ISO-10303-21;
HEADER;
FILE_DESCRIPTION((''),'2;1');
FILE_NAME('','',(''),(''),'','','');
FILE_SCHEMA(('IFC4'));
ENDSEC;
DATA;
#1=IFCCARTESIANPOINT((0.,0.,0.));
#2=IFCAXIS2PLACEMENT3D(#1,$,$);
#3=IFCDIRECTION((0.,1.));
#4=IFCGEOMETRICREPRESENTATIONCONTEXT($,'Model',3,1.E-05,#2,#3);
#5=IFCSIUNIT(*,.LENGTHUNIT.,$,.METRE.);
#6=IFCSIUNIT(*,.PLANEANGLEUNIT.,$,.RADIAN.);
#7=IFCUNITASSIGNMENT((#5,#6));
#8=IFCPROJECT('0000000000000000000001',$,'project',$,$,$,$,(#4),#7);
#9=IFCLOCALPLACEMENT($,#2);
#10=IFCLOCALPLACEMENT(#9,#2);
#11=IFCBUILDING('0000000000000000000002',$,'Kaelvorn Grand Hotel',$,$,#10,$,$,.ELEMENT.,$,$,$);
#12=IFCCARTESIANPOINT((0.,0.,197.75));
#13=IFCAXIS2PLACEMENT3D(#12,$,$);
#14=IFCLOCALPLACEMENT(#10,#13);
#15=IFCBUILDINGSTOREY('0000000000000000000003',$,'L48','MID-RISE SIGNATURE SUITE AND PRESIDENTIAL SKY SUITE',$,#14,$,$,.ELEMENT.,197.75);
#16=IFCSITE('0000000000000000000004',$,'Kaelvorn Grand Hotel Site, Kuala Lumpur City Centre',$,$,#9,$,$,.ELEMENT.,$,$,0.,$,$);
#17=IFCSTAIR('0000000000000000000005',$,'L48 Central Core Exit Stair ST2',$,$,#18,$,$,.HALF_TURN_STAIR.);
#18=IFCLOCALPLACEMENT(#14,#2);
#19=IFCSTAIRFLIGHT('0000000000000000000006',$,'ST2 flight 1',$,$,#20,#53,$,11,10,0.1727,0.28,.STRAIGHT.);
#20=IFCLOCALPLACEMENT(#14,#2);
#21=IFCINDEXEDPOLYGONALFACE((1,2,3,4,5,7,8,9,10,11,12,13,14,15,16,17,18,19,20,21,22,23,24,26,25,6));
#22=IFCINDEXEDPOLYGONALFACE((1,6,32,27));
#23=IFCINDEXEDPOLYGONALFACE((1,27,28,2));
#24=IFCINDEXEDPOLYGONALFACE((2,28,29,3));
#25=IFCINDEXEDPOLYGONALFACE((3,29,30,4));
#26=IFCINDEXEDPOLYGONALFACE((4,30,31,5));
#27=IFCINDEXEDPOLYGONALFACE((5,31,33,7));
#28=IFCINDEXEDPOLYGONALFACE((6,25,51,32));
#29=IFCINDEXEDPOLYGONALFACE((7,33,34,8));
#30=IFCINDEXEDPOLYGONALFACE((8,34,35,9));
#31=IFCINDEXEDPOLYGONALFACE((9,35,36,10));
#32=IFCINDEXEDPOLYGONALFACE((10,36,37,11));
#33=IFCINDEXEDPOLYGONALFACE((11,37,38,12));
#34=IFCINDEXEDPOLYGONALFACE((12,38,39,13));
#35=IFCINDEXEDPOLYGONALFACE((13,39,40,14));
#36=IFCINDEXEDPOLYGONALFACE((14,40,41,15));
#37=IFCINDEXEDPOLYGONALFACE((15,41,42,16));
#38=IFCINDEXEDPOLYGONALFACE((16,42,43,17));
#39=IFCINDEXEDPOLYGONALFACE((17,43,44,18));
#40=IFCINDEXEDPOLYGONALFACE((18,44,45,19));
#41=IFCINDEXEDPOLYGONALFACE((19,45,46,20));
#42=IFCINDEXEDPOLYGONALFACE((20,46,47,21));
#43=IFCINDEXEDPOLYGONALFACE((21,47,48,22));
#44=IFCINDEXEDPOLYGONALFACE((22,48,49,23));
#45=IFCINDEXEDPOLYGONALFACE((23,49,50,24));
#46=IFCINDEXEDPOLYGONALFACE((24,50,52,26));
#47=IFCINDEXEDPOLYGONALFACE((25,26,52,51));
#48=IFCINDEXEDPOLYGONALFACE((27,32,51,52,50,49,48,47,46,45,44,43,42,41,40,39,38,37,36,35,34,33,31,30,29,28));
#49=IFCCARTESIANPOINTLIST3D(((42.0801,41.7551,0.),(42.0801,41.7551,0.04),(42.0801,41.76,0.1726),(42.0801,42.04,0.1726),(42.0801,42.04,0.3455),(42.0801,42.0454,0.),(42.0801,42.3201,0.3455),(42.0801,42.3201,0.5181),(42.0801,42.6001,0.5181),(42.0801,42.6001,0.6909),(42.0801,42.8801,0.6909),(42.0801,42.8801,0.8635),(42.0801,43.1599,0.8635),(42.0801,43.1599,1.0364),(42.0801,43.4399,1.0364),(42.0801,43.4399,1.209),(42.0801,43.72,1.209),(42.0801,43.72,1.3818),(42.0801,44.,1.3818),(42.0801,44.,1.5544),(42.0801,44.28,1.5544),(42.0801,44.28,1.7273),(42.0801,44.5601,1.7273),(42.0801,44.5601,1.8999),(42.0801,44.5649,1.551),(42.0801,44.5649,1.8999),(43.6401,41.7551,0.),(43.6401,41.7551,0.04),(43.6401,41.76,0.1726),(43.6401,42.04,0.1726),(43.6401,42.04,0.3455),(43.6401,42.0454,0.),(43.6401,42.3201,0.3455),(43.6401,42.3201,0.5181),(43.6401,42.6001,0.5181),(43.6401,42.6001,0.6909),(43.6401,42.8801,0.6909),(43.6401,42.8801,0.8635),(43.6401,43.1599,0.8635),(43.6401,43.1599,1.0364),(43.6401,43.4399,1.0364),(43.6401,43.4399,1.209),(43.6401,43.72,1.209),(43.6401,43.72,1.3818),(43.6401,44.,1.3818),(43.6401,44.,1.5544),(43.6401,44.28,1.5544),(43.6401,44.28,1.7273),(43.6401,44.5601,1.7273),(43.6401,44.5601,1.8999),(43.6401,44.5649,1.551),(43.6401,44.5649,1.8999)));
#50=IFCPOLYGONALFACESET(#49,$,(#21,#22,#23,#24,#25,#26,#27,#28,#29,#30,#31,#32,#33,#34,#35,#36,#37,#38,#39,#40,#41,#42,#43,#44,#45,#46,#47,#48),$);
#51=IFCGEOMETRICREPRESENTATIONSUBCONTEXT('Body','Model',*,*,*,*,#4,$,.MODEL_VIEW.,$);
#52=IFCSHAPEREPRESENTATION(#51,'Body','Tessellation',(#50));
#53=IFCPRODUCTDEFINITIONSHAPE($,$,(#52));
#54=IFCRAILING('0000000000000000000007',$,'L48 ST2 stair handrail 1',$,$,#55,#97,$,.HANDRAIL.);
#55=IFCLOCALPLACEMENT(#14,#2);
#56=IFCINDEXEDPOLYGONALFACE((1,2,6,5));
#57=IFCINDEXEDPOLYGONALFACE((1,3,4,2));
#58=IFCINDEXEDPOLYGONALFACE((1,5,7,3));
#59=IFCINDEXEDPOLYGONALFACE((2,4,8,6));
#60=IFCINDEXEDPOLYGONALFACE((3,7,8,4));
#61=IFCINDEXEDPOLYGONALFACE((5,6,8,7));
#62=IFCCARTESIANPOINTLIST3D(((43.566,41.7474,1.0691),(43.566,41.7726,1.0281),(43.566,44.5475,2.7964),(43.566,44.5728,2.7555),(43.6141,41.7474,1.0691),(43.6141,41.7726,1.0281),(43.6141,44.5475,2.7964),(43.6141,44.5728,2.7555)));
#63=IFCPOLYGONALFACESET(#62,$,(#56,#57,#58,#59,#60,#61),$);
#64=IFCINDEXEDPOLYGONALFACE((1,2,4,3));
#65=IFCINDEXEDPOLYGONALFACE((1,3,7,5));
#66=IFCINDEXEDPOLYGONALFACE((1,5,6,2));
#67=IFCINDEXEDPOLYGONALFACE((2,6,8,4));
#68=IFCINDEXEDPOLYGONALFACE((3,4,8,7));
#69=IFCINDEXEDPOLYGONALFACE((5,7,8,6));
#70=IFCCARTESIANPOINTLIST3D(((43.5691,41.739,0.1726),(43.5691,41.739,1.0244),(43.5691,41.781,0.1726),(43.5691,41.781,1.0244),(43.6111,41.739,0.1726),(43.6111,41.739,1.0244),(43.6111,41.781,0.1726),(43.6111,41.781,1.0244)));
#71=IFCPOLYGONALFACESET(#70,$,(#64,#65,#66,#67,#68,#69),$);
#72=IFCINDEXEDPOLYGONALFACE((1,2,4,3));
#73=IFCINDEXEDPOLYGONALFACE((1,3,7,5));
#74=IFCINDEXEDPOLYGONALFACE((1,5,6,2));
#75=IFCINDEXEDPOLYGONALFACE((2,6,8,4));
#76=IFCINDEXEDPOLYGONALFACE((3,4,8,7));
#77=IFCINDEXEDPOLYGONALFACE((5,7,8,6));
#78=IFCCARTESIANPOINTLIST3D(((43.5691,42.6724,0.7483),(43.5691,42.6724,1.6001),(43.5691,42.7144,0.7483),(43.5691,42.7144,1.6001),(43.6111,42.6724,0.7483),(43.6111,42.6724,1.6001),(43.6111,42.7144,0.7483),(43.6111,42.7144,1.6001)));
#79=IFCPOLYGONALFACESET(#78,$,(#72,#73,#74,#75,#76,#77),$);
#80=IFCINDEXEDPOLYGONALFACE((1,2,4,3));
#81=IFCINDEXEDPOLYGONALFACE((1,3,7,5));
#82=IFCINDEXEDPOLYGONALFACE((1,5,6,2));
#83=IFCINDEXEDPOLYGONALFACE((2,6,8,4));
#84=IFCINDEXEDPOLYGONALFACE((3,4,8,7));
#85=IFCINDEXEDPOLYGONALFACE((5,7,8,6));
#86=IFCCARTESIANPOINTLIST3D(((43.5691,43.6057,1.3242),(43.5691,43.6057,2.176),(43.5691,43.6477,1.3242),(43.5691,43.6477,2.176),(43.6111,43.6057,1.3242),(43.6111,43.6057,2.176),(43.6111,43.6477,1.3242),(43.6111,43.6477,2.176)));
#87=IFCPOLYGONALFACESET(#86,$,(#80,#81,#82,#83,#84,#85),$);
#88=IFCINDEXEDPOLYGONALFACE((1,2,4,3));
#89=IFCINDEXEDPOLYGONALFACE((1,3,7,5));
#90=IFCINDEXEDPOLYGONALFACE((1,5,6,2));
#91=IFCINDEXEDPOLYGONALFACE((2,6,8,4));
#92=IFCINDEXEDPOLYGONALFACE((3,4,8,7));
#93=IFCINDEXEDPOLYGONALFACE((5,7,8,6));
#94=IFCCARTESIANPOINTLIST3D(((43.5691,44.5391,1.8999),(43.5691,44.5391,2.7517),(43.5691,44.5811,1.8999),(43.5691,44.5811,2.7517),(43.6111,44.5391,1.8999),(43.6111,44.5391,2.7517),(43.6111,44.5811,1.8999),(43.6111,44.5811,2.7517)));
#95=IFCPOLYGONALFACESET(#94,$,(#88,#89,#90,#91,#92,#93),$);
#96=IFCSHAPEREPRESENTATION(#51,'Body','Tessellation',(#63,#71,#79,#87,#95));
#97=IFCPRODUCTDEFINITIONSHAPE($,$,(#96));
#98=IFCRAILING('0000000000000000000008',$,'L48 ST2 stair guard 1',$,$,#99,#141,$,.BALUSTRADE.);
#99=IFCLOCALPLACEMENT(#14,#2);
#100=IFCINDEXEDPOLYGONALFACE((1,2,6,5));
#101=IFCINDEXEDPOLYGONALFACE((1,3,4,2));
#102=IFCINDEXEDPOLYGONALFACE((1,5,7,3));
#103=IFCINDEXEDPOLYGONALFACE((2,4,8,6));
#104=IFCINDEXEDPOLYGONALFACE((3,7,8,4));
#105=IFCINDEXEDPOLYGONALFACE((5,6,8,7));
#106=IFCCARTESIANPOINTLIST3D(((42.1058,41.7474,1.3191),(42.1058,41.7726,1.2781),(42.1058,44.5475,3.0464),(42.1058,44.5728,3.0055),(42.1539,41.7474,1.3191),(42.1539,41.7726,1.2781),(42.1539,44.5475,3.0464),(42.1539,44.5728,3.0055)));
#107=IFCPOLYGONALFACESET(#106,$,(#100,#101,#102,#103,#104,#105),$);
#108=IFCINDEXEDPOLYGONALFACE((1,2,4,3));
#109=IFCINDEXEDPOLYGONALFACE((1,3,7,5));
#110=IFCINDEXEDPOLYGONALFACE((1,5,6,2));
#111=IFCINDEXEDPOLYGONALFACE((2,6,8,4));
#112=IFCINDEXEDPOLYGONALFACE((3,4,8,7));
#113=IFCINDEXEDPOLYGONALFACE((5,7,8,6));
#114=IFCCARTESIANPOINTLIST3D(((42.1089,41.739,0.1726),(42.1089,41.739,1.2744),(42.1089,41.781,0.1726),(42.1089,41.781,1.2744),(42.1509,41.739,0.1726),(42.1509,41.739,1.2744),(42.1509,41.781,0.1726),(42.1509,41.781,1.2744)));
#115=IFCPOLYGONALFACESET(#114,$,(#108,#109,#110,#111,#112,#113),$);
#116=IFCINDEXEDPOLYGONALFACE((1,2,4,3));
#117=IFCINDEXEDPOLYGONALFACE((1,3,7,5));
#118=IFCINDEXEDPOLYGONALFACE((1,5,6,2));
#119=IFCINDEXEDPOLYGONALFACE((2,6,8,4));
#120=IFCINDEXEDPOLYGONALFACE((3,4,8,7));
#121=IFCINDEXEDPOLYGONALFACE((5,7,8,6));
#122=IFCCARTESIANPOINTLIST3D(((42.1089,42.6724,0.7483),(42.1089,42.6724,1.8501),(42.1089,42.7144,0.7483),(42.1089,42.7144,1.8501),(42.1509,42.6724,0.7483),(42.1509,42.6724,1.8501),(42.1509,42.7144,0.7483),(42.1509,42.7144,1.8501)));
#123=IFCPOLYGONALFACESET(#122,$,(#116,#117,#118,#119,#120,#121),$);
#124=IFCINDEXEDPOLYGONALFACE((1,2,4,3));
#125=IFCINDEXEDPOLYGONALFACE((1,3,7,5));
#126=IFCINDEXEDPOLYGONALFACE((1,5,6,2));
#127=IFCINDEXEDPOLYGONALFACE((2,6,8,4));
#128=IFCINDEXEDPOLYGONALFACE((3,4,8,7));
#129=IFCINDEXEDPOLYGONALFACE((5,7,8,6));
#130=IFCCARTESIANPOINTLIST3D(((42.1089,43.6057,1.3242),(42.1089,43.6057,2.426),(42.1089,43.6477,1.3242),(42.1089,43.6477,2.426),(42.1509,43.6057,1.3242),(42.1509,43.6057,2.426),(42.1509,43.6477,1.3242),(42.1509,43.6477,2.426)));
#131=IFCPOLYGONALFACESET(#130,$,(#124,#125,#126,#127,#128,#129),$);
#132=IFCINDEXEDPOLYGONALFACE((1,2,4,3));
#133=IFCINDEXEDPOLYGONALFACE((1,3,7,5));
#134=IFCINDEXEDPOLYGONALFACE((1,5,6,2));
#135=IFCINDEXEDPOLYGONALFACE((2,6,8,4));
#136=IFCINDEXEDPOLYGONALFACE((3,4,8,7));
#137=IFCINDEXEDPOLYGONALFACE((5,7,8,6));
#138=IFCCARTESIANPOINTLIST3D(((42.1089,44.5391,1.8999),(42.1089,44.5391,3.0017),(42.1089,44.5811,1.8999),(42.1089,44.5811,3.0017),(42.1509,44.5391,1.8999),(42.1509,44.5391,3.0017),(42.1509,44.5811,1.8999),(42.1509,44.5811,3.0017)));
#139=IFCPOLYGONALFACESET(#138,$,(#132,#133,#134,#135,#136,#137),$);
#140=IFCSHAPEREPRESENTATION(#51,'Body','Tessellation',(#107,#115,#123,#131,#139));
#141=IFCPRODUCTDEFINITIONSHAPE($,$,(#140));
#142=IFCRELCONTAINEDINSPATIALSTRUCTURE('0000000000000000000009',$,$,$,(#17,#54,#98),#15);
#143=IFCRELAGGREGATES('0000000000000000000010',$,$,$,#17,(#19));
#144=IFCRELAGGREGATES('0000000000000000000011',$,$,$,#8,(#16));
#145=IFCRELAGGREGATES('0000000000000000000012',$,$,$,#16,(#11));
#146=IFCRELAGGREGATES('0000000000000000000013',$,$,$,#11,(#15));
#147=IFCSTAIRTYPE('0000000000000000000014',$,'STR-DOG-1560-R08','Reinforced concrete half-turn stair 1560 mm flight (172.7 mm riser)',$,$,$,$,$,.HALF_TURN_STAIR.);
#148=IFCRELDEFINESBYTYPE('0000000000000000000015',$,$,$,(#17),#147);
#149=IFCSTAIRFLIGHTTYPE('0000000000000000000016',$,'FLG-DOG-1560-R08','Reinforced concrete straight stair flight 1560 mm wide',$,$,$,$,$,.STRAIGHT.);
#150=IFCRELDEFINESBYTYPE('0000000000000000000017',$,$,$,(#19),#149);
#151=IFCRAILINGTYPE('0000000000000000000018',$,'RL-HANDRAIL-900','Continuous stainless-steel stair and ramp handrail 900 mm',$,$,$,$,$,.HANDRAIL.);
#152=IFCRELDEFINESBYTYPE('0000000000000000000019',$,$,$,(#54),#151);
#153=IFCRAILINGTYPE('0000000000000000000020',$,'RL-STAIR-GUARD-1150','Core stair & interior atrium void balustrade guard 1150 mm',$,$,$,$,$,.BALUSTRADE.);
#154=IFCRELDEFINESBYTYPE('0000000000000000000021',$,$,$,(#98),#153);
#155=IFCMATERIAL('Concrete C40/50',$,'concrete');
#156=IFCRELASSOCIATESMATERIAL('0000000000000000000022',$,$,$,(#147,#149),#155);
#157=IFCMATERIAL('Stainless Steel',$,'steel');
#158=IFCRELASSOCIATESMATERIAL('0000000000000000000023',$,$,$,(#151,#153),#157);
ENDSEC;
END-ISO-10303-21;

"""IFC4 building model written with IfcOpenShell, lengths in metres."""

from ifc_helpers import new_model, si_unit, direction, frame, origin, origin_2d, place, context, subcontext, project, spatial, polyline, rectangle, outline, extrude, material, type_object, element, aggregate, save


model = new_model("IFC4")

# Units and contexts
model_context = context("Model", 3, precision=1e-05, world=origin(), true_north=direction((0.0, 1.0)))
body_context = subcontext(model_context, "Body", "Model", "MODEL_VIEW")
ifc_project = project(units=[si_unit("LENGTHUNIT", "METRE"), si_unit("PLANEANGLEUNIT", "RADIAN")], contexts=[model_context])

# Site, building, storey
site_placement = place(None, origin())
site = spatial("IfcSite", under=ifc_project, at=site_placement, Name="Kaelvorn Grand Hotel Site, Kuala Lumpur City Centre", CompositionType="ELEMENT", RefElevation=0.0)
building_placement = place(site_placement, origin())
building = spatial("IfcBuilding", under=site, at=building_placement, Name="Kaelvorn Grand Hotel", CompositionType="ELEMENT")
storey_placement = place(building_placement, frame((0.0, 0.0, 197.75)))
storey = spatial("IfcBuildingStorey", under=building, at=storey_placement, Name="L48", Description="MID-RISE SIGNATURE SUITE AND PRESIDENTIAL SKY SUITE", CompositionType="ELEMENT", Elevation=197.75)

# Shared definitions
ifc_material_1 = material(Name="Concrete C40/50", Category="concrete")

# Shared definitions
ifc_material_2 = material(Name="Stainless Steel", Category="steel")

# Stair, stair flight
stair_type = type_object("IfcStairType", Name="STR-DOG-1560-R08", Description="Reinforced concrete half-turn stair 1560 mm flight (172.7 mm riser)", PredefinedType="HALF_TURN_STAIR", material=ifc_material_1)
stair_placement = place(storey_placement, origin())
stair = element("IfcStair", 1, at=stair_placement, inside=storey, type_object=stair_type, Name="L48 Central Core Exit Stair ST2", PredefinedType="HALF_TURN_STAIR")
stair_flight_type = type_object("IfcStairFlightType", Name="FLG-DOG-1560-R08", Description="Reinforced concrete straight stair flight 1560 mm wide", PredefinedType="STRAIGHT", material=ifc_material_1)
stair_flight_placement = place(storey_placement, frame((42.8601, 41.76, 0.0), z_axis=(0.0, 0.0, 1.0), x_axis=(0.0, 1.0, 0.0)))
stair_flight = element("IfcStairFlight", 2, at=stair_flight_placement, type_object=stair_flight_type, Name="ST2 flight 1", NumberOfRisers=11, NumberOfTreads=10, PredefinedType="STRAIGHT", RiserHeight=0.1727, TreadLength=0.28, context=body_context, shape_type="SweptSolid", body=[
    extrude(outline(polyline([(-0.0049, 0.0), (-0.0049, 0.04), (0.0, 0.1726), (0.28, 0.1726), (0.28, 0.3455), (0.5601, 0.3455), (0.5601, 0.5181), (0.8401, 0.5181), (0.8401, 0.6909), (1.1201, 0.6909), (1.1201, 0.8635), (1.3999, 0.8635), (1.3999, 1.0364), (1.6799, 1.0364), (1.6799, 1.209), (1.96, 1.209), (1.96, 1.3818), (2.24, 1.3818), (2.24, 1.5544), (2.52, 1.5544), (2.52, 1.7273), (2.8, 1.7273), (2.8, 1.8999), (2.8049, 1.8999), (2.8049, 1.551), (0.2854, 0.0), (-0.0049, 0.0)])), frame((0.0, 0.78, 0.0), z_axis=(0.0, -1.0, 0.0), x_axis=(1.0, 0.0, 0.0)), (0.0, 0.0, 1.0), 1.5601),
])
aggregate(stair, [stair_flight])

# Railings
railing_type_1 = type_object("IfcRailingType", Name="RL-HANDRAIL-900", Description="Continuous stainless-steel stair and ramp handrail 900 mm", PredefinedType="HANDRAIL", material=ifc_material_2)
railing_1_placement = place(storey_placement, frame((43.5901, 41.76, 0.1726)))
element("IfcRailing", 3, at=railing_1_placement, inside=storey, type_object=railing_type_1, Name="L48 ST2 stair handrail 1", PredefinedType="HANDRAIL", context=body_context, shape_type="SweptSolid", body=[
    extrude(rectangle(XDim=0.0481, YDim=0.0481, at=origin_2d()), frame((0.0, 0.0, 0.876), z_axis=(0.0, 0.85109, 0.52502), x_axis=(-1.0, 0.0, 0.0)), (0.0, 0.0, 1.0), 3.29),
    extrude(rectangle(XDim=0.042, YDim=0.042, at=origin_2d()), origin(), (0.0, 0.0, 1.0), 0.8518),
    extrude(rectangle(XDim=0.042, YDim=0.042, at=origin_2d()), frame((0.0, 0.9333, 0.5757)), (0.0, 0.0, 1.0), 0.8518),
    extrude(rectangle(XDim=0.042, YDim=0.042, at=origin_2d()), frame((0.0, 1.8667, 1.1516)), (0.0, 0.0, 1.0), 0.8518),
    extrude(rectangle(XDim=0.042, YDim=0.042, at=origin_2d()), frame((0.0, 2.8, 1.7273)), (0.0, 0.0, 1.0), 0.8518),
])
railing_type_2 = type_object("IfcRailingType", Name="RL-STAIR-GUARD-1150", Description="Core stair & interior atrium void balustrade guard 1150 mm", PredefinedType="BALUSTRADE", material=ifc_material_2)
railing_2_placement = place(storey_placement, frame((42.1299, 41.76, 0.1726)))
element("IfcRailing", 4, at=railing_2_placement, inside=storey, type_object=railing_type_2, Name="L48 ST2 stair guard 1", PredefinedType="BALUSTRADE", context=body_context, shape_type="SweptSolid", body=[
    extrude(rectangle(XDim=0.0481, YDim=0.0481, at=origin_2d()), frame((0.0, 0.0, 1.126), z_axis=(0.0, 0.85109, 0.52502), x_axis=(-1.0, 0.0, 0.0)), (0.0, 0.0, 1.0), 3.29),
    extrude(rectangle(XDim=0.042, YDim=0.042, at=origin_2d()), origin(), (0.0, 0.0, 1.0), 1.1018),
    extrude(rectangle(XDim=0.042, YDim=0.042, at=origin_2d()), frame((0.0, 0.9333, 0.5757)), (0.0, 0.0, 1.0), 1.1018),
    extrude(rectangle(XDim=0.042, YDim=0.042, at=origin_2d()), frame((0.0, 1.8667, 1.1516)), (0.0, 0.0, 1.0), 1.1018),
    extrude(rectangle(XDim=0.042, YDim=0.042, at=origin_2d()), frame((0.0, 2.8, 1.7273)), (0.0, 0.0, 1.0), 1.1018),
])

save(model, "model.ifc")
